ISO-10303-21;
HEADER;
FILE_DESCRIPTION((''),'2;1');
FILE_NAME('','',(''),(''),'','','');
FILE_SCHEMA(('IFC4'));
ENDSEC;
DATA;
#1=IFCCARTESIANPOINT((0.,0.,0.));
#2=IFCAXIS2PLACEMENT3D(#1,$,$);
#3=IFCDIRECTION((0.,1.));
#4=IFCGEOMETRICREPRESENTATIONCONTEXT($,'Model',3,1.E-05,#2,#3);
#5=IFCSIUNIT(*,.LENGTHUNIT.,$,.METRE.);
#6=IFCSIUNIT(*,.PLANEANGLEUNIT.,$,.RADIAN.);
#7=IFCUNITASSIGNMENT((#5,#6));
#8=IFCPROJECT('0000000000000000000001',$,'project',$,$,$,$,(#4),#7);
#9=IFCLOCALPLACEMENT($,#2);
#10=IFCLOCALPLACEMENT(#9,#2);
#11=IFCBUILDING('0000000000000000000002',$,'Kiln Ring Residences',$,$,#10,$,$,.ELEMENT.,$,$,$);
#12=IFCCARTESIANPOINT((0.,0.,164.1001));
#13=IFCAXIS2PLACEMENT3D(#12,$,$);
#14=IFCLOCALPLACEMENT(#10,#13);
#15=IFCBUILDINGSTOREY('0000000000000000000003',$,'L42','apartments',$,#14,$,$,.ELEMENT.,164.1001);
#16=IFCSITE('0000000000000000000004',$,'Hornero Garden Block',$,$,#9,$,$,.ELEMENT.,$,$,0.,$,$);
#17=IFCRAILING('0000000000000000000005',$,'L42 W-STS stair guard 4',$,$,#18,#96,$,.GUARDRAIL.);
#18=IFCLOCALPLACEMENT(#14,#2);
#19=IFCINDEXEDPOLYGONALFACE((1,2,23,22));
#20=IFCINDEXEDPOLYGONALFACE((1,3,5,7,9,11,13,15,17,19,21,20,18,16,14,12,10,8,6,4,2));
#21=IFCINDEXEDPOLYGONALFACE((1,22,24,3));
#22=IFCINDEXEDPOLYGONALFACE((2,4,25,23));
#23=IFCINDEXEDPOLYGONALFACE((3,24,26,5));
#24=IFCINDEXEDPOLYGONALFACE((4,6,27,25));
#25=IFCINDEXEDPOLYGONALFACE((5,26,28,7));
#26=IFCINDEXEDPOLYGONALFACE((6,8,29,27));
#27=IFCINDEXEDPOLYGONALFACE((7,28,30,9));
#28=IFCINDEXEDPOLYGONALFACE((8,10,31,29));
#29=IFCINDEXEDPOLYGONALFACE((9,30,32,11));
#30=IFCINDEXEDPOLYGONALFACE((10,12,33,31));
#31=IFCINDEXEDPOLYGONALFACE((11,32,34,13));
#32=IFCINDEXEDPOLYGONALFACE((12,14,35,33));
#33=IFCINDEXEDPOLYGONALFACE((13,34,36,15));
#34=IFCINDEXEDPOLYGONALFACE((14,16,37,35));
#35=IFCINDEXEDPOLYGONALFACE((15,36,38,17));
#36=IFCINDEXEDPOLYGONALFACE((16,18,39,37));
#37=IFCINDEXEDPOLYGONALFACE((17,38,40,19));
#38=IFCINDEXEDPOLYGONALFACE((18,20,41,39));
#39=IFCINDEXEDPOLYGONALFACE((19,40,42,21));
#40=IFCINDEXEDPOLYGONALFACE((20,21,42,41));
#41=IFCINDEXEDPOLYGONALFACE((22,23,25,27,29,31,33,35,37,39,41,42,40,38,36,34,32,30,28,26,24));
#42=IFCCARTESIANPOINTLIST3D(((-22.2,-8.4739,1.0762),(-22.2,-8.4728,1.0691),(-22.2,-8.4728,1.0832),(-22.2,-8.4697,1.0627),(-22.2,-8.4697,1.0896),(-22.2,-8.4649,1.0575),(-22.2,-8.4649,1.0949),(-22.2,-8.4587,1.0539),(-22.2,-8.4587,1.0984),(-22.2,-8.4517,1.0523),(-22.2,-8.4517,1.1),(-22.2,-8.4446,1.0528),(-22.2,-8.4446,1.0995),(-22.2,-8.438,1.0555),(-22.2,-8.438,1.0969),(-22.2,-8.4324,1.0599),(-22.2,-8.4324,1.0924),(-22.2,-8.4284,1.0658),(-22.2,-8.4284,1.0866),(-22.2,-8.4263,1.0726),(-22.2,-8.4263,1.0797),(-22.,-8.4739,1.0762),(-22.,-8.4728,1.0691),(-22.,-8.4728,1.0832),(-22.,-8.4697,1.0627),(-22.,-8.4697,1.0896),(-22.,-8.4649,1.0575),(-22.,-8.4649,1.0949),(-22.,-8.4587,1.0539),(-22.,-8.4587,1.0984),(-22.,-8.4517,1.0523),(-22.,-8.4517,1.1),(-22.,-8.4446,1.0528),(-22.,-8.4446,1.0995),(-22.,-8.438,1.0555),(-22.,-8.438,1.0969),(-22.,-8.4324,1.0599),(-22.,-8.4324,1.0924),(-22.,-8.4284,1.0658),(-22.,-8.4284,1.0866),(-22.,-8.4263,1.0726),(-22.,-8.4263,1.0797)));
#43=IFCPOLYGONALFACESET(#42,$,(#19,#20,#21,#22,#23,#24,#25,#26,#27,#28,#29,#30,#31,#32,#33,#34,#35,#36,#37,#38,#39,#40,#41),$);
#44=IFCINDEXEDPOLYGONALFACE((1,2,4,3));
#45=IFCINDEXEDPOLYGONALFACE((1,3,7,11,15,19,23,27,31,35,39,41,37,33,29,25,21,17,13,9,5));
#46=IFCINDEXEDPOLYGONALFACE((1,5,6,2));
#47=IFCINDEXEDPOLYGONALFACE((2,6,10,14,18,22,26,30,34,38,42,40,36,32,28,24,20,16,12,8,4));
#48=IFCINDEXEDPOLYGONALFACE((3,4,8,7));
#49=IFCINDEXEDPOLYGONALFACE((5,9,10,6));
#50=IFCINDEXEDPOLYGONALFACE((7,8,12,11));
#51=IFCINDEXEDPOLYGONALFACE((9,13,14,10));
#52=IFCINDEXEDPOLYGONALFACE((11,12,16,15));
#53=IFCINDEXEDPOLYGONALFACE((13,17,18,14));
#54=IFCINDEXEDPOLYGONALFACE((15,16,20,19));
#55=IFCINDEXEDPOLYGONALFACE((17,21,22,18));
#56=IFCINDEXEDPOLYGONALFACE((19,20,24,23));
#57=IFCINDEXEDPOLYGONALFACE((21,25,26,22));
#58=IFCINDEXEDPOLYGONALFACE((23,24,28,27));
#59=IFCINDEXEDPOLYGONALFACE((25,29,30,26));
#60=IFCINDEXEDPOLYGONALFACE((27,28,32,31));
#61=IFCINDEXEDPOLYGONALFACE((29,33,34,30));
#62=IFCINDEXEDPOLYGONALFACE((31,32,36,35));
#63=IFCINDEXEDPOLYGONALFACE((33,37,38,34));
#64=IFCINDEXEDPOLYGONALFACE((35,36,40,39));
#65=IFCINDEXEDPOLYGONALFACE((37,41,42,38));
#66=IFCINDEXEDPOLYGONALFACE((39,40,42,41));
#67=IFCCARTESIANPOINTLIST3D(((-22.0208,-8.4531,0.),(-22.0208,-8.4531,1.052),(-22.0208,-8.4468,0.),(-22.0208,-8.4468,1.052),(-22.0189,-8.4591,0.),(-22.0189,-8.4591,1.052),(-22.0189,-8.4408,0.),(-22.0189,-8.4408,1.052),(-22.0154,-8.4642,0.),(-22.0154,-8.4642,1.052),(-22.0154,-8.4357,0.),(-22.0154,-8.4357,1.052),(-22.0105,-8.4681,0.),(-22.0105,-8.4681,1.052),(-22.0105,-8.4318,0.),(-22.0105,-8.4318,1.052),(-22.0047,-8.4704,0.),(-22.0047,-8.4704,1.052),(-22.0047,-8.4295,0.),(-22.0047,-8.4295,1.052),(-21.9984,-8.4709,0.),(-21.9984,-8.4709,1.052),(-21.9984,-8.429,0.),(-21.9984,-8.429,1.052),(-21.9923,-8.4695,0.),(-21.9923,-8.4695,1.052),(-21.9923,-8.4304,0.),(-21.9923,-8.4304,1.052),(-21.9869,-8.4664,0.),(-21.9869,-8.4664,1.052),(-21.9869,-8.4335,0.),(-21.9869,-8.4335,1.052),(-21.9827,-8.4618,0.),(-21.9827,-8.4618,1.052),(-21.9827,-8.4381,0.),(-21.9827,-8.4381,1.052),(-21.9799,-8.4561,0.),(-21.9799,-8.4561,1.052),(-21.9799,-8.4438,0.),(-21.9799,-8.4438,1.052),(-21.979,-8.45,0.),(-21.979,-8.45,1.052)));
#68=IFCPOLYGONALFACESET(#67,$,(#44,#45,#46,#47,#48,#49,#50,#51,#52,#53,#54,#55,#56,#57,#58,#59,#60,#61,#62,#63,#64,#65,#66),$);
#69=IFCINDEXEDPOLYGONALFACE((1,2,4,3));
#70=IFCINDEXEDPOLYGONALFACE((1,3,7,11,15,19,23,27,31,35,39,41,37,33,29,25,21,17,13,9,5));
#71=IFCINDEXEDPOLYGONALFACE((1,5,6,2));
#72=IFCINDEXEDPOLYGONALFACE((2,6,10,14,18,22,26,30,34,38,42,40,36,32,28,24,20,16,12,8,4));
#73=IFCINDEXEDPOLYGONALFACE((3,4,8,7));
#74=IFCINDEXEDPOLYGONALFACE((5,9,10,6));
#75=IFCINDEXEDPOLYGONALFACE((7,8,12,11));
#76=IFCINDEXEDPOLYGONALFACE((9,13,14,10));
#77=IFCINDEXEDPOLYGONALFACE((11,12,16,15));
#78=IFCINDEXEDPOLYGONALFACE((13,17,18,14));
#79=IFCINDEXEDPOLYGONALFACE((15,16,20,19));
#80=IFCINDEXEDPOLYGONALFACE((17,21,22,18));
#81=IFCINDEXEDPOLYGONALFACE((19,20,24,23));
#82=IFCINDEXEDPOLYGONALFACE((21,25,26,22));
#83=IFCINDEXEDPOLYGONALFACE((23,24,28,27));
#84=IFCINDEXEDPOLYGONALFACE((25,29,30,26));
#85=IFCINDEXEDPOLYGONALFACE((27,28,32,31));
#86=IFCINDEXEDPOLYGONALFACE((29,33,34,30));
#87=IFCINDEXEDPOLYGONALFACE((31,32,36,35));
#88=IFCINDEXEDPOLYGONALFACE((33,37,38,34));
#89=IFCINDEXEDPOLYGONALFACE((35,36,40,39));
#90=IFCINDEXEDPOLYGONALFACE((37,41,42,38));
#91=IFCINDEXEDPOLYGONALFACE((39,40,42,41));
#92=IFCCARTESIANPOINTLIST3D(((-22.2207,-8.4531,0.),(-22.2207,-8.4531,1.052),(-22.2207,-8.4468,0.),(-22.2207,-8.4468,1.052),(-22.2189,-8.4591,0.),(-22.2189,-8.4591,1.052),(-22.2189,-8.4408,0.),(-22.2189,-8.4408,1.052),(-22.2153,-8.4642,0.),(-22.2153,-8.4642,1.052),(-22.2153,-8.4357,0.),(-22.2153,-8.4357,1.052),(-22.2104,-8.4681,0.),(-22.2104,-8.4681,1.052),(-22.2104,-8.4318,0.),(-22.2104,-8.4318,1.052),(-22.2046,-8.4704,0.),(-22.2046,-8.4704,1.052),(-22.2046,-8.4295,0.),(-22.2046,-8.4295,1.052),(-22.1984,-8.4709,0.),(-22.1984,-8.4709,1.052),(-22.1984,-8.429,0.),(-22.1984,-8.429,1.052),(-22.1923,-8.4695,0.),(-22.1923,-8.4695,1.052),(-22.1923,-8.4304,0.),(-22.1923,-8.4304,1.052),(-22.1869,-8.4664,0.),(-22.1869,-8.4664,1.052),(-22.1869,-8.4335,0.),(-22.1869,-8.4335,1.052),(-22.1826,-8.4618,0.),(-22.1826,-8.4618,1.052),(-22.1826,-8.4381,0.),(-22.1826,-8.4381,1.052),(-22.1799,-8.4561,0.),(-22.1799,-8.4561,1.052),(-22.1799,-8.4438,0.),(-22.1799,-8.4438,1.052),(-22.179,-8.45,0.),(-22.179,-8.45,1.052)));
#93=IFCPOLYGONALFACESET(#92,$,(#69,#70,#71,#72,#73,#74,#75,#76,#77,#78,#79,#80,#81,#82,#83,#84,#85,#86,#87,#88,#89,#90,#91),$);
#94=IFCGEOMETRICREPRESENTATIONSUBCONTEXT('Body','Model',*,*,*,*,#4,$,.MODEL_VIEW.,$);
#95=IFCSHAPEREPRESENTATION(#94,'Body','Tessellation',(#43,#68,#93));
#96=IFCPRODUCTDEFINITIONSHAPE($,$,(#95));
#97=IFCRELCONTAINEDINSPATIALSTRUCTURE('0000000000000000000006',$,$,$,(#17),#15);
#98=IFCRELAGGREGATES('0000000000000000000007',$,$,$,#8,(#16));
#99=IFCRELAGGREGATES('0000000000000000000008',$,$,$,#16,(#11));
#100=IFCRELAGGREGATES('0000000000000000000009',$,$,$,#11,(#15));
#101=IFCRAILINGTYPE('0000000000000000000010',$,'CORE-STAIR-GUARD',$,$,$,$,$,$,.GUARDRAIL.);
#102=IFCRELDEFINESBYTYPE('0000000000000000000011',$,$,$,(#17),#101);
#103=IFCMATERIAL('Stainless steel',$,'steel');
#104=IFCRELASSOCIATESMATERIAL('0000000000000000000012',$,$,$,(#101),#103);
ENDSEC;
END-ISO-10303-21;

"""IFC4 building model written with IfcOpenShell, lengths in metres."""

from ifc_helpers import new_model, si_unit, direction, frame, origin, origin_2d, place, context, subcontext, project, spatial, circle, extrude, material, type_object, element, save


model = new_model("IFC4")

# Units and contexts
model_context = context("Model", 3, precision=1e-05, world=origin(), true_north=direction((0.0, 1.0)))
body_context = subcontext(model_context, "Body", "Model", "MODEL_VIEW")
ifc_project = project(units=[si_unit("LENGTHUNIT", "METRE"), si_unit("PLANEANGLEUNIT", "RADIAN")], contexts=[model_context])

# Site, building, storey
site_placement = place(None, origin())
site = spatial("IfcSite", under=ifc_project, at=site_placement, Name="Hornero Garden Block", CompositionType="ELEMENT", RefElevation=0.0)
building_placement = place(site_placement, origin())
building = spatial("IfcBuilding", under=site, at=building_placement, Name="Kiln Ring Residences", CompositionType="ELEMENT")
storey_placement = place(building_placement, frame((0.0, 0.0, 164.1001)))
storey = spatial("IfcBuildingStorey", under=building, at=storey_placement, Name="L42", Description="apartments", CompositionType="ELEMENT", Elevation=164.1001)

# Railing
ifc_material_1 = material(Name="Stainless steel", Category="steel")
railing_type_1 = type_object("IfcRailingType", Name="CORE-STAIR-GUARD", PredefinedType="GUARDRAIL", material=ifc_material_1)
railing_1_placement = place(storey_placement, frame((-22.0, -8.45, 0.0)))
element("IfcRailing", 1, at=railing_1_placement, inside=storey, type_object=railing_type_1, Name="L42 W-STS stair guard 4", PredefinedType="GUARDRAIL", context=body_context, shape_type="SweptSolid", body=[
    extrude(circle(Radius=0.0239, at=origin_2d()), frame((0.0, 0.0, 1.0762), z_axis=(-1.0, 0.0, 0.0), x_axis=(0.0, -1.0, 0.0)), (0.0, 0.0, 1.0), 0.2),
    extrude(circle(Radius=0.021, at=origin_2d()), origin(), (0.0, 0.0, 1.0), 1.052),
    extrude(circle(Radius=0.021, at=origin_2d()), frame((-0.2, 0.0, 0.0)), (0.0, 0.0, 1.0), 1.052),
])

save(model, "model.ifc")
